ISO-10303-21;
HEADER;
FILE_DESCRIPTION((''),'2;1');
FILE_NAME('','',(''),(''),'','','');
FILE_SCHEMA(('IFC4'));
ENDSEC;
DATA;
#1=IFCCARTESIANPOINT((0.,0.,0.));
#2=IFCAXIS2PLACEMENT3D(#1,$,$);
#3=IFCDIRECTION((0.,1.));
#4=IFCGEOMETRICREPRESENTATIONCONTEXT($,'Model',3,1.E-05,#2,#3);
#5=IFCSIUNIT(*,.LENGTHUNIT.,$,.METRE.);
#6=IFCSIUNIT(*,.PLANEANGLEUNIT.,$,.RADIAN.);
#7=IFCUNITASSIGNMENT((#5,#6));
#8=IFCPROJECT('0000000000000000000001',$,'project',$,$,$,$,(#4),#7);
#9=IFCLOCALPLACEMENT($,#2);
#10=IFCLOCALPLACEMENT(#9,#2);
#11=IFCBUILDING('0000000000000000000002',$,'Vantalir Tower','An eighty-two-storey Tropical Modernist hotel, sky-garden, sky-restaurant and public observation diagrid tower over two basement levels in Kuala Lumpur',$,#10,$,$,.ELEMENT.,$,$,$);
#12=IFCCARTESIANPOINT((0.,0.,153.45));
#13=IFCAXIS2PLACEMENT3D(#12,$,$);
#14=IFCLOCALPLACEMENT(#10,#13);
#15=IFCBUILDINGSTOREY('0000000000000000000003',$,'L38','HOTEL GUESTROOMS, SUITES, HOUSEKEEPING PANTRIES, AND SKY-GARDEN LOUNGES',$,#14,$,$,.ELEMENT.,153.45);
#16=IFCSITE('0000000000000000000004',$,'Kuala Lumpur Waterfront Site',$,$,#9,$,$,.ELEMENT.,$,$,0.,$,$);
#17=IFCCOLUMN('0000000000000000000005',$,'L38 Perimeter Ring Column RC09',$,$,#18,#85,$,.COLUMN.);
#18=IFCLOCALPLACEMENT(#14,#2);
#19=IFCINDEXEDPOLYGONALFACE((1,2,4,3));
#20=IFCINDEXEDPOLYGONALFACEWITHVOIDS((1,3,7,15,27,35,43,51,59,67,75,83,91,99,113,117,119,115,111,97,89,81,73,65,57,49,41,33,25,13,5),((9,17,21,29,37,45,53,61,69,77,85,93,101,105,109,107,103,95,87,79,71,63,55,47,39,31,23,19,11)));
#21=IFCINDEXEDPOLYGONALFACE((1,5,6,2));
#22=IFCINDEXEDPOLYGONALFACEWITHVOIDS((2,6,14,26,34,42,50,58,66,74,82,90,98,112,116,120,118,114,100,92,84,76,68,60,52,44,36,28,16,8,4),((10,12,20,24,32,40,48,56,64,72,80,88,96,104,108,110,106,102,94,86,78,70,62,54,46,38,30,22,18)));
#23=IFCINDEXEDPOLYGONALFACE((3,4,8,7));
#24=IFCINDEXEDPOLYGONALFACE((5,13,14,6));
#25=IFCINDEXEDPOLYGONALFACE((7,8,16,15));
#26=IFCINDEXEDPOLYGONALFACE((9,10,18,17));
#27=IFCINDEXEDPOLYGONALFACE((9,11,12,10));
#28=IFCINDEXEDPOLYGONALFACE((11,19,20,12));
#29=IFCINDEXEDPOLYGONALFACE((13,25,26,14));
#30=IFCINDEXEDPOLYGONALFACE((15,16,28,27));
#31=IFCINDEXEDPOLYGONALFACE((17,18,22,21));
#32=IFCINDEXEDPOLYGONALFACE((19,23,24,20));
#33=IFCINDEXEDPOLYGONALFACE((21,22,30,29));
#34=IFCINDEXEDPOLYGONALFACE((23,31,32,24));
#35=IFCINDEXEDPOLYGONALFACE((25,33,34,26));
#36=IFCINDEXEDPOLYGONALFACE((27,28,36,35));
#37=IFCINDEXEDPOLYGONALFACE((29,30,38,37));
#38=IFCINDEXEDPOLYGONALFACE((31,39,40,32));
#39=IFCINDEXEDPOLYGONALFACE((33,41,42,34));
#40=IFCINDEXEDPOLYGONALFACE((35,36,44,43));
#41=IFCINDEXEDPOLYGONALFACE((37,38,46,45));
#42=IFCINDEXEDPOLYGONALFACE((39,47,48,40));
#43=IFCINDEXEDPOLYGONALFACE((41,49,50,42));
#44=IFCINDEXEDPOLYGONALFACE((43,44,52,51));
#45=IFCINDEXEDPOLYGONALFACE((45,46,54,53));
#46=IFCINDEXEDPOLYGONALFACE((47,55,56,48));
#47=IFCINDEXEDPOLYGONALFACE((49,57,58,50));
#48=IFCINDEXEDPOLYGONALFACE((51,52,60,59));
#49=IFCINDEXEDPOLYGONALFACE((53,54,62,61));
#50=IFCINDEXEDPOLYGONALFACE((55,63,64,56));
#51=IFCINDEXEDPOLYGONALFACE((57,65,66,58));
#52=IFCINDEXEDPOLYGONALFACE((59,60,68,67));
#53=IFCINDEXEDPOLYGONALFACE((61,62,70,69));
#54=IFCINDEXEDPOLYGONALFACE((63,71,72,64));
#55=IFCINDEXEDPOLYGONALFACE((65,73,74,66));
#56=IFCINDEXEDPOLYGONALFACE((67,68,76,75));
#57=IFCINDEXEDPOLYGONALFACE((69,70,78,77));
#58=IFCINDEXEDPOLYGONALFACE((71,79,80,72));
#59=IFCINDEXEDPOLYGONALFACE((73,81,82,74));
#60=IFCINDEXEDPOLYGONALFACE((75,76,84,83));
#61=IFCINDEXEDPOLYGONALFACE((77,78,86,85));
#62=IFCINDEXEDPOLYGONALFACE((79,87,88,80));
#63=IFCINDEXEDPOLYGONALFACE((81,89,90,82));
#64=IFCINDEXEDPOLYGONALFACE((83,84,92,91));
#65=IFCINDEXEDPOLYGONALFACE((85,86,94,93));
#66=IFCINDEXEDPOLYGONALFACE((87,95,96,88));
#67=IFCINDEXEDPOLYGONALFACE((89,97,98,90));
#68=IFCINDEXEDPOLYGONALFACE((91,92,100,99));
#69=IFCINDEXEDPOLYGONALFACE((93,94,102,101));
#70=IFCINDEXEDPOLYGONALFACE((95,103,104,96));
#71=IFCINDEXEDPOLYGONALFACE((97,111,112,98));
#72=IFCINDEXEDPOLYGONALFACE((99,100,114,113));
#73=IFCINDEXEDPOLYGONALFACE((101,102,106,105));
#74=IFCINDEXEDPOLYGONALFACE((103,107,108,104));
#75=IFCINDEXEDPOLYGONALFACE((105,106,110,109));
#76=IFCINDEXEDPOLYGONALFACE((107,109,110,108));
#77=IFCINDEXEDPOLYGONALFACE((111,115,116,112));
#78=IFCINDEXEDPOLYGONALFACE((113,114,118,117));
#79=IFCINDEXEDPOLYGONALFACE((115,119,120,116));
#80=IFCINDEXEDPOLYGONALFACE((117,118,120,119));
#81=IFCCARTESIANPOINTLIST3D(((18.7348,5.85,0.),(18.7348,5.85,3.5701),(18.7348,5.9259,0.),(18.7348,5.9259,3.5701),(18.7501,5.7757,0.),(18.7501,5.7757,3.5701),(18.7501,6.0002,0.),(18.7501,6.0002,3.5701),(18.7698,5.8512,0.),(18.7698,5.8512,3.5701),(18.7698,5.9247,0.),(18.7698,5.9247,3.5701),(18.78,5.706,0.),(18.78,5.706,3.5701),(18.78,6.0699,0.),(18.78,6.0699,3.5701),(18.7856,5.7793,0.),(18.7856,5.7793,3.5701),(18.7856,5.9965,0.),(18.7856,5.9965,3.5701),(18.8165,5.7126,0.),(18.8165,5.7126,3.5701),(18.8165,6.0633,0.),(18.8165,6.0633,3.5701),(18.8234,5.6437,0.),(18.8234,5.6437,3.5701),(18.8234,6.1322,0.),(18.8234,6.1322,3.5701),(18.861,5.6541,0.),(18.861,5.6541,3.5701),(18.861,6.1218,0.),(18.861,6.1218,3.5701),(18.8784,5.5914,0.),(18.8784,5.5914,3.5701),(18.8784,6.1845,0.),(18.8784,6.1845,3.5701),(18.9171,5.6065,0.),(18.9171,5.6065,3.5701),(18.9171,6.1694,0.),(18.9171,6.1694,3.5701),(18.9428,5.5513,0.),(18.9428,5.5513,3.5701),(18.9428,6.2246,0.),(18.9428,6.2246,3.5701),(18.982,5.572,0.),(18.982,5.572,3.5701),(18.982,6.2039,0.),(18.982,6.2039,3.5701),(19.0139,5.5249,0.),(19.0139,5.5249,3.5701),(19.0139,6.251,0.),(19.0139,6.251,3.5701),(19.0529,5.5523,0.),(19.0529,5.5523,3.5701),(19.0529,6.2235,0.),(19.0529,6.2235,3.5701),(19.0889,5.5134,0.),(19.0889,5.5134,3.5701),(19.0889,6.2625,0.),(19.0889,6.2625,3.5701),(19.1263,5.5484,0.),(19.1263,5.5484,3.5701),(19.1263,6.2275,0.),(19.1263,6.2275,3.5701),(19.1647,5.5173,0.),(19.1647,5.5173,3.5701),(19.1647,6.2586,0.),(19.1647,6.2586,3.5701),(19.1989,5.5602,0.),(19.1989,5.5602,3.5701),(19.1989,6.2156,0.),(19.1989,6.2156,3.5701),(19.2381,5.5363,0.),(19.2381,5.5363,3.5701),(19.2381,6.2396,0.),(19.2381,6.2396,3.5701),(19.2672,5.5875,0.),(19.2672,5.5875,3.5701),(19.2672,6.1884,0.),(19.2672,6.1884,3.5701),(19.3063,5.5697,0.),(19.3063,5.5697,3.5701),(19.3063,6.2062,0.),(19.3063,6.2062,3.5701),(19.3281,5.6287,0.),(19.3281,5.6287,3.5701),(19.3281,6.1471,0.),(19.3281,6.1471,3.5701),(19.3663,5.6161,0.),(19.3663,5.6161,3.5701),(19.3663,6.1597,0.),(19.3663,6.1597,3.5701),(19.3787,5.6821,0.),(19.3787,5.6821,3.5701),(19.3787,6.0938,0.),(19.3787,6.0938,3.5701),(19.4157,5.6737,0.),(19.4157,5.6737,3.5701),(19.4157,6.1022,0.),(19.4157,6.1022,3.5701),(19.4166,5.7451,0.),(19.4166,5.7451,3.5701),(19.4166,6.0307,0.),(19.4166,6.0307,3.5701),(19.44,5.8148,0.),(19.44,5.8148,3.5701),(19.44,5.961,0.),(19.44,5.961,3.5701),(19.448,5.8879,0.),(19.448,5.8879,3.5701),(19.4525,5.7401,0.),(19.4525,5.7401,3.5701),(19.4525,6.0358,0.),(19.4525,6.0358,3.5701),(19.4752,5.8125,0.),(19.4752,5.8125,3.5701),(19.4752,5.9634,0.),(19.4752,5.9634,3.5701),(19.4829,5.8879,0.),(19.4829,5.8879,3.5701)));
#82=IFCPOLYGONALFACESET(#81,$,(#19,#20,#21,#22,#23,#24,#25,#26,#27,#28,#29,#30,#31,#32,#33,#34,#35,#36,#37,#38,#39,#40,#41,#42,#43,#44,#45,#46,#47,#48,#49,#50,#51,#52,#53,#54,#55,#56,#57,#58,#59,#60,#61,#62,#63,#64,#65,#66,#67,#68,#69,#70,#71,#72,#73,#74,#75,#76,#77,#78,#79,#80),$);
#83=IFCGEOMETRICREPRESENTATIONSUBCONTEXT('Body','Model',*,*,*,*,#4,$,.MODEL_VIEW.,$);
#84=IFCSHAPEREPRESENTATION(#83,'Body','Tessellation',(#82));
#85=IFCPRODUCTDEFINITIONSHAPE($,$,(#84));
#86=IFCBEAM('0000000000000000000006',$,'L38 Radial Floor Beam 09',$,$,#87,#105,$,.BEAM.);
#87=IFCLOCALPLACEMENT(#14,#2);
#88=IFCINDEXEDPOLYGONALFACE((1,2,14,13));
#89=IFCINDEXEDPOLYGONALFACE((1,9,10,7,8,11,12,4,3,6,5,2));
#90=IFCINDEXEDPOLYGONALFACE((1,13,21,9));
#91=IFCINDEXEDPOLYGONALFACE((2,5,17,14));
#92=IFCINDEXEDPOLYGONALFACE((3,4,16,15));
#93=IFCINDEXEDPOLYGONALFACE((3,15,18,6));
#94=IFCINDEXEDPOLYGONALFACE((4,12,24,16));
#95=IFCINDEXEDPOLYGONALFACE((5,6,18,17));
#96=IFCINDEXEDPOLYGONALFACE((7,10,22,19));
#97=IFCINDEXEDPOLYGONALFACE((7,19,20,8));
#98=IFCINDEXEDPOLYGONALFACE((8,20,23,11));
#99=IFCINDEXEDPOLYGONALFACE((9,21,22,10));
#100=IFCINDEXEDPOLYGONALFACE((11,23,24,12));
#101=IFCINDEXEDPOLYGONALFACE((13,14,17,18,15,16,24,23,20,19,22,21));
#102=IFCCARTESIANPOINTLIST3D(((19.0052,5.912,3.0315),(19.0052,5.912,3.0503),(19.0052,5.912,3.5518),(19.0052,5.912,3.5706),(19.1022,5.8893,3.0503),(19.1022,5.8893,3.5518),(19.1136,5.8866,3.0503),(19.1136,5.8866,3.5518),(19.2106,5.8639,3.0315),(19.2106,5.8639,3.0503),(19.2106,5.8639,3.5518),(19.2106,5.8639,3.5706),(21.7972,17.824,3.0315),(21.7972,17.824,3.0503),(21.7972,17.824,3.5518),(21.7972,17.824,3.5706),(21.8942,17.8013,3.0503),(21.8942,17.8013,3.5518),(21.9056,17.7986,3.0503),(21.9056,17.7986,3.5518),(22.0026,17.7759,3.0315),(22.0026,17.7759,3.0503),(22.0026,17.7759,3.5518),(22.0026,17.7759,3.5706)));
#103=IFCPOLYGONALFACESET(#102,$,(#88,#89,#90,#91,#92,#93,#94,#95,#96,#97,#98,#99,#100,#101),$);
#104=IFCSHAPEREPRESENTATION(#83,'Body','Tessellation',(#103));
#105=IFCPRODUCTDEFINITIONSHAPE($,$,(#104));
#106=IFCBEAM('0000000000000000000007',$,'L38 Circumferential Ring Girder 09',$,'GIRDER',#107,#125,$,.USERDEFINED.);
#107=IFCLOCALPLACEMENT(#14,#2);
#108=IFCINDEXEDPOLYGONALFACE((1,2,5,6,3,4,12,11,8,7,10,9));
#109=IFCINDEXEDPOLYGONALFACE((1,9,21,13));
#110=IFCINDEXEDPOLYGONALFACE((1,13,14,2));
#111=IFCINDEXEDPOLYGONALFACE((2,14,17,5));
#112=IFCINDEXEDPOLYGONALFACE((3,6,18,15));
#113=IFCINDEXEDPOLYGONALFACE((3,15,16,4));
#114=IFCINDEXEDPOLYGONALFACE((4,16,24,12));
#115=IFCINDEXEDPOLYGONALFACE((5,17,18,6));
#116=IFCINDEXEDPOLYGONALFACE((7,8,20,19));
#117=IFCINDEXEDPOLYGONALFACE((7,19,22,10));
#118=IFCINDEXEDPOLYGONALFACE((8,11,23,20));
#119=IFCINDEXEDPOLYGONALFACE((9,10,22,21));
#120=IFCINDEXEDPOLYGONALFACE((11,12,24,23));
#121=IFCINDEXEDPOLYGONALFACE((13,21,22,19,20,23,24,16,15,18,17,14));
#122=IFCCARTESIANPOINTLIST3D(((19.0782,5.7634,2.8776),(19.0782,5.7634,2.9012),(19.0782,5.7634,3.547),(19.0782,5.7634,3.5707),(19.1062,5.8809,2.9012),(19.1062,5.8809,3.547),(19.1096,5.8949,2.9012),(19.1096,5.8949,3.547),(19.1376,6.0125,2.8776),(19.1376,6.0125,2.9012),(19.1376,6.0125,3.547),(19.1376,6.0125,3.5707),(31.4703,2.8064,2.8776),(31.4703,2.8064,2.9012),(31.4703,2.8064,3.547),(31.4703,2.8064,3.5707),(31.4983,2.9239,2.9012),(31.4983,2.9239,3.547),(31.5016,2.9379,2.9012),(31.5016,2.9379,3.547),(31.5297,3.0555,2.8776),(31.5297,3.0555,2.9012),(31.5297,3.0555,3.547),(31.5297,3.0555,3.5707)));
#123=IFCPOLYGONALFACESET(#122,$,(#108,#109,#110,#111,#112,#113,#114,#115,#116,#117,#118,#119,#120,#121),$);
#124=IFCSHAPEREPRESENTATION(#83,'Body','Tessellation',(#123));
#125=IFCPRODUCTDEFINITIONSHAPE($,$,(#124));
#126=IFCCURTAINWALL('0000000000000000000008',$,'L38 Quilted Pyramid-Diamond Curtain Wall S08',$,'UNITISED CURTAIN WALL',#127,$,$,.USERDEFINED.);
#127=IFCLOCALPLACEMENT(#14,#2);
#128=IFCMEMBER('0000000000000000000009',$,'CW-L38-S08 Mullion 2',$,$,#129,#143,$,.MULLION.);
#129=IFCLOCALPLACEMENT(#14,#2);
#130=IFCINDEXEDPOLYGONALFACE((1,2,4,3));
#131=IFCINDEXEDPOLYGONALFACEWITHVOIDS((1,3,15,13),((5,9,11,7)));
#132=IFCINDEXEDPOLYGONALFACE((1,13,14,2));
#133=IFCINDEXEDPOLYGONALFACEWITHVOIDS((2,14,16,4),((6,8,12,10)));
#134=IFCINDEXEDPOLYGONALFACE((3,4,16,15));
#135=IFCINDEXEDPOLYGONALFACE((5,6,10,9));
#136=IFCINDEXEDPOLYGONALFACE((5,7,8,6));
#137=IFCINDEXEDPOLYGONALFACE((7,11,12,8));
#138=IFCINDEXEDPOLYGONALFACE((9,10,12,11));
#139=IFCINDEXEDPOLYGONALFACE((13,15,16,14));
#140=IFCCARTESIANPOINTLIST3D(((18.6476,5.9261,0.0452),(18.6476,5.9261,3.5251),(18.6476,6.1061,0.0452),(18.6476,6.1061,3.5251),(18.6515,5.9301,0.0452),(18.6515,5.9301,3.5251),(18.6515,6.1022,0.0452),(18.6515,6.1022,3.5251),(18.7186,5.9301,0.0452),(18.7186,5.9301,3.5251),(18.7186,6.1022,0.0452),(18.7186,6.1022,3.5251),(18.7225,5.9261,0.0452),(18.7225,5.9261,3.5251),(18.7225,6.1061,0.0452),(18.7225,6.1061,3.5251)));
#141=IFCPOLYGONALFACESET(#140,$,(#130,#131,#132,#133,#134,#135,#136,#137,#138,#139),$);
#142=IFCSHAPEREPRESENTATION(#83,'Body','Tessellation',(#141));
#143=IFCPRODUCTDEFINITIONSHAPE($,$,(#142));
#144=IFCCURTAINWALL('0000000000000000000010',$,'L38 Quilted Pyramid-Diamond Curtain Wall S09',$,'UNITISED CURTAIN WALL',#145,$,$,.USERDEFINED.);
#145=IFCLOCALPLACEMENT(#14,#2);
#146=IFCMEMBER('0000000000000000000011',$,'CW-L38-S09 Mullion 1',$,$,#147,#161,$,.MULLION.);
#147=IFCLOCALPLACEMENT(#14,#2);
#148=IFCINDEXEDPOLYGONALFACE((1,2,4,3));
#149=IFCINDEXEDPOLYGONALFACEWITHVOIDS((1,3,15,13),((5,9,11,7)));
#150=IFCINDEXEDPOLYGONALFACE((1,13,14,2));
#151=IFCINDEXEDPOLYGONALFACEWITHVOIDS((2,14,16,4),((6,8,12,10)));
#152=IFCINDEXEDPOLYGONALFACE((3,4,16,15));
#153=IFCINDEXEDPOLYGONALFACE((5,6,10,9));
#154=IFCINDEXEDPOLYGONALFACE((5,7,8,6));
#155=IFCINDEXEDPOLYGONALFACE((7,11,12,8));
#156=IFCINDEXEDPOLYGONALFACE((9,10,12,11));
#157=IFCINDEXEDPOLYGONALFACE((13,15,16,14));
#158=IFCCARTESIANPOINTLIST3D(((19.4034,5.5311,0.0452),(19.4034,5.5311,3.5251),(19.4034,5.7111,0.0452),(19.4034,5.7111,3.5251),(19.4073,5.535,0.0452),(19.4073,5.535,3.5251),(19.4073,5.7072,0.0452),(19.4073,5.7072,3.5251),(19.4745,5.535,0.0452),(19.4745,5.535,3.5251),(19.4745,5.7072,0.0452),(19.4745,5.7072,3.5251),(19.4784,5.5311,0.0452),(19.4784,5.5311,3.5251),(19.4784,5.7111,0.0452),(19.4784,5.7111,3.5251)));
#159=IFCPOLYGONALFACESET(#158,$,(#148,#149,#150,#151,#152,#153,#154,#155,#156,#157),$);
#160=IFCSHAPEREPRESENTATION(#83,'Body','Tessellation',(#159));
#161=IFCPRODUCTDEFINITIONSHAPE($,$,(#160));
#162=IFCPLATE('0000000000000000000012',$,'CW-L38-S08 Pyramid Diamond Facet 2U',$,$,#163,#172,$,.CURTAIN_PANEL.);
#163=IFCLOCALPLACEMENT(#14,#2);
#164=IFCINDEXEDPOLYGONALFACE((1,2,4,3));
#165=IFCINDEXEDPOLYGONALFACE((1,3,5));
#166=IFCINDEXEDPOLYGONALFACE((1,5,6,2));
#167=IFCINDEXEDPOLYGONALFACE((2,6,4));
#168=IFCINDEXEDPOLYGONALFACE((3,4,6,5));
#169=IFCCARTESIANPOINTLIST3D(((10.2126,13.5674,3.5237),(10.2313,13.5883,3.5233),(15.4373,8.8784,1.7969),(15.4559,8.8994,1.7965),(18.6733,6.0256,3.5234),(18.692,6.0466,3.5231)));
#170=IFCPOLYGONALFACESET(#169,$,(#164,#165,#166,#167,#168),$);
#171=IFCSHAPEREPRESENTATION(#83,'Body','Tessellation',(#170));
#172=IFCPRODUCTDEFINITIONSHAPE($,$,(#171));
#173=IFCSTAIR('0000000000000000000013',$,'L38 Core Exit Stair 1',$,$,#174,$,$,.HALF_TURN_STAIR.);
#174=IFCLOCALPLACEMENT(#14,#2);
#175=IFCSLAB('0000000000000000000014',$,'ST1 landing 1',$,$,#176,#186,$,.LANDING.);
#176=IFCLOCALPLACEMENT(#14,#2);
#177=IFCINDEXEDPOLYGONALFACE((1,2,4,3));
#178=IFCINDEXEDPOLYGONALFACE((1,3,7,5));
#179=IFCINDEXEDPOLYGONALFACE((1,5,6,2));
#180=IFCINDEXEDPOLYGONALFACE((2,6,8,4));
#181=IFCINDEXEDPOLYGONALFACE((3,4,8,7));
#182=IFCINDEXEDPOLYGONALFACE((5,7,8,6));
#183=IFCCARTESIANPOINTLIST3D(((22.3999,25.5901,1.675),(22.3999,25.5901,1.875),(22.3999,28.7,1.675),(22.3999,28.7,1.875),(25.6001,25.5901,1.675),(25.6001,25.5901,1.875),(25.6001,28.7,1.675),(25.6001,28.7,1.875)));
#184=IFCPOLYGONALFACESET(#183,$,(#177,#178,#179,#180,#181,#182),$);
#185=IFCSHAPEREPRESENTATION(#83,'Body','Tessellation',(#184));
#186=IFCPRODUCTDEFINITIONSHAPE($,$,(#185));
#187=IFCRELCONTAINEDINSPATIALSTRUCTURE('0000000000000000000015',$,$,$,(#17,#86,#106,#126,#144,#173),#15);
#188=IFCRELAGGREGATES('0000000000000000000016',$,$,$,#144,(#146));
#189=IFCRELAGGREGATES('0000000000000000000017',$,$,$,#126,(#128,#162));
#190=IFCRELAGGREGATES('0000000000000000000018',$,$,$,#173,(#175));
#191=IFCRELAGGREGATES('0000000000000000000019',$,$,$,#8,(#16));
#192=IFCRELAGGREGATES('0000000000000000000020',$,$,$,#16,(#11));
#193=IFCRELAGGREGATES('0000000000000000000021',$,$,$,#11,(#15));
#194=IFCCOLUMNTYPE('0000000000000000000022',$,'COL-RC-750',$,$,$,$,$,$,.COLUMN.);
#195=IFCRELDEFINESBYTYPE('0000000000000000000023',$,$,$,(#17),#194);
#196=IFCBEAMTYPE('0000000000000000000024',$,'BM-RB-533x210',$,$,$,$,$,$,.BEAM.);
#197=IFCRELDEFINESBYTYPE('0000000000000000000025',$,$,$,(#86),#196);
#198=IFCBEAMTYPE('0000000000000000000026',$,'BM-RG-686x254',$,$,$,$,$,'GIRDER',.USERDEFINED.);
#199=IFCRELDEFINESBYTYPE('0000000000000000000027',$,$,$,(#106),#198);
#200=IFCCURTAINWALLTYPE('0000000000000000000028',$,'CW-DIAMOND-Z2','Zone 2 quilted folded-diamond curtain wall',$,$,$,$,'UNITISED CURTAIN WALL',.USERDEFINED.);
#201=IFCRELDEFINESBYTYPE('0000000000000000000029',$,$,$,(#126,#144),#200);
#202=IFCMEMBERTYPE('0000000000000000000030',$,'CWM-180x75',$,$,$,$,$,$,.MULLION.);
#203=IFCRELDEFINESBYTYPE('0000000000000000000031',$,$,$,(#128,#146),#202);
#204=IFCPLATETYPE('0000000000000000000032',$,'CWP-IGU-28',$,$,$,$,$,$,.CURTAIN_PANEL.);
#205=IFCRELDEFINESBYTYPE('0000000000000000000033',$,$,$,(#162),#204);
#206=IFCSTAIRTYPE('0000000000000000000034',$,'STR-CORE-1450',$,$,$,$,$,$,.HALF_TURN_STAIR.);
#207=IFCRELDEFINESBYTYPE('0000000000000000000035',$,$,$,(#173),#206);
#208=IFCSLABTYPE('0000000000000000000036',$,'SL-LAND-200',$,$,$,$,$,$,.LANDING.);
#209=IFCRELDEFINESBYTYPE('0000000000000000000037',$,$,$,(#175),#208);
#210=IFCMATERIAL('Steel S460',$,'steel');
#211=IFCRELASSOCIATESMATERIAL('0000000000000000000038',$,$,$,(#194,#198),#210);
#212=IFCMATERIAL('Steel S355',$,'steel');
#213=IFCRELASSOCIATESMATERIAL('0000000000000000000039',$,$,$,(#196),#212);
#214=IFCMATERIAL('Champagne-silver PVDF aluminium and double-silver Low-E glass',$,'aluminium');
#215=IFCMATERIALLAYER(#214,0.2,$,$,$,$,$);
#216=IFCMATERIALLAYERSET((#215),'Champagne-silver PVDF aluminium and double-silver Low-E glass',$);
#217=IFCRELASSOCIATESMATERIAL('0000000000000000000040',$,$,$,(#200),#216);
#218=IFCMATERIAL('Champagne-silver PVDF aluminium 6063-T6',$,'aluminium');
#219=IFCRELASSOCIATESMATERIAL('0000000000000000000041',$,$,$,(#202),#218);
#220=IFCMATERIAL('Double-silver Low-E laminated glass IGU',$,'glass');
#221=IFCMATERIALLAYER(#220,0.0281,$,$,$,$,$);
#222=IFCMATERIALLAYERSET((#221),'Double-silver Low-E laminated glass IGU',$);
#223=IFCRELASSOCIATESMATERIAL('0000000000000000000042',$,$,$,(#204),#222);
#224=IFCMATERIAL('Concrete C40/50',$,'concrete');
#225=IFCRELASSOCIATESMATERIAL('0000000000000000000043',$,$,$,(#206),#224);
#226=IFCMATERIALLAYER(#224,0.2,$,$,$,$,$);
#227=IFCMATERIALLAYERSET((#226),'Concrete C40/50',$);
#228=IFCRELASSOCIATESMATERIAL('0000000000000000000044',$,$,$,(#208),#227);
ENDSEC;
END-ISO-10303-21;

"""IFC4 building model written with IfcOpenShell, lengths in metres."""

from ifc_helpers import new_model, si_unit, direction, frame, origin, origin_2d, place, context, subcontext, project, spatial, polyline, hollow_rectangle, hollow_circle, i_section, outline, extrude, material, layer, layer_set, material_profile, profile_set, type_object, element, aggregate, save


model = new_model("IFC4")

# Units and contexts
model_context = context("Model", 3, precision=1e-05, world=origin(), true_north=direction((0.0, 1.0)))
body_context = subcontext(model_context, "Body", "Model", "MODEL_VIEW")
ifc_project = project(units=[si_unit("LENGTHUNIT", "METRE"), si_unit("PLANEANGLEUNIT", "RADIAN")], contexts=[model_context])

# Site, building, storey
site_placement = place(None, origin())
site = spatial("IfcSite", under=ifc_project, at=site_placement, Name="Kuala Lumpur Waterfront Site", CompositionType="ELEMENT", RefElevation=0.0)
building_placement = place(site_placement, origin())
building = spatial("IfcBuilding", under=site, at=building_placement, Name="Vantalir Tower", Description="An eighty-two-storey Tropical Modernist hotel, sky-garden, sky-restaurant and public observation diagrid tower over two basement levels in Kuala Lumpur", CompositionType="ELEMENT")
storey_placement = place(building_placement, frame((0.0, 0.0, 153.45)))
storey = spatial("IfcBuildingStorey", under=building, at=storey_placement, Name="L38", Description="HOTEL GUESTROOMS, SUITES, HOUSEKEEPING PANTRIES, AND SKY-GARDEN LOUNGES", CompositionType="ELEMENT", Elevation=153.45)

# Column
ifc_material_1 = material(Name="Steel S460", Category="steel")
ifc_material_profile_1 = material_profile(ifc_material_1, hollow_circle(Radius=0.375, WallThickness=0.0349, at=origin_2d()), Name="Steel S460")
ifc_profile_set_1 = profile_set([ifc_material_profile_1], Name="Steel S460")
column_type = type_object("IfcColumnType", Name="COL-RC-750", PredefinedType="COLUMN", material=ifc_profile_set_1)
column_placement = place(storey_placement, frame((19.1079, 5.8879, 0.0), z_axis=(0.0, 0.0, 1.0), x_axis=(1.0, 0.0, 0.0)))
element("IfcColumn", 1, at=column_placement, inside=storey, type_object=column_type, Name="L38 Perimeter Ring Column RC09", PredefinedType="COLUMN", context=body_context, shape_type="SweptSolid", body=[
    extrude(hollow_circle(Radius=0.375, WallThickness=0.0349, at=origin_2d()), origin(), (0.0, 0.0, 1.0), 3.5701),
])

# Beams
ifc_material_2 = material(Name="Steel S355", Category="steel")
ifc_material_profile_2 = material_profile(ifc_material_2, i_section(OverallWidth=0.2109, OverallDepth=0.5391, WebThickness=0.0117, FlangeThickness=0.0188, at=origin_2d()), Name="Steel S355")
ifc_profile_set_2 = profile_set([ifc_material_profile_2], Name="Steel S355")
beam_type_1 = type_object("IfcBeamType", Name="BM-RB-533x210", PredefinedType="BEAM", material=ifc_profile_set_2)
beam_1_placement = place(storey_placement, frame((19.1079, 5.8879, 3.301), z_axis=(0.228198, 0.973615, 0.0), x_axis=(-0.973615, 0.228198, 0.0)))
element("IfcBeam", 2, at=beam_1_placement, inside=storey, type_object=beam_type_1, Name="L38 Radial Floor Beam 09", PredefinedType="BEAM", context=body_context, shape_type="SweptSolid", body=[
    extrude(i_section(OverallWidth=0.2109, OverallDepth=0.5391, WebThickness=0.0117, FlangeThickness=0.0188, at=origin_2d()), origin(), (0.0, 0.0, 1.0), 12.2349),
])
ifc_material_profile_3 = material_profile(ifc_material_1, i_section(OverallWidth=0.2561, OverallDepth=0.6931, WebThickness=0.0144, FlangeThickness=0.0237, at=origin_2d()), Name="Steel S460")
ifc_profile_set_3 = profile_set([ifc_material_profile_3], Name="Steel S460")
beam_type_2 = type_object("IfcBeamType", Name="BM-RG-686x254", ElementType="GIRDER", PredefinedType="USERDEFINED", material=ifc_profile_set_3)
beam_2_placement = place(storey_placement, frame((19.1079, 5.8879, 3.2241), z_axis=(0.972691, -0.232106, 0.0), x_axis=(0.232106, 0.972691, 0.0)))
element("IfcBeam", 3, at=beam_2_placement, inside=storey, type_object=beam_type_2, Name="L38 Circumferential Ring Girder 09", ObjectType="GIRDER", PredefinedType="USERDEFINED", context=body_context, shape_type="SweptSolid", body=[
    extrude(i_section(OverallWidth=0.2561, OverallDepth=0.6931, WebThickness=0.0144, FlangeThickness=0.0237, at=origin_2d()), origin(), (0.0, 0.0, 1.0), 12.74),
])

# Curtain walls, members
ifc_material_3 = material(Name="Champagne-silver PVDF aluminium and double-silver Low-E glass", Category="aluminium")
ifc_layer_1 = layer(ifc_material_3, 0.2)
ifc_layer_set_1 = layer_set([ifc_layer_1], Name="Champagne-silver PVDF aluminium and double-silver Low-E glass")
curtain_wall_type = type_object("IfcCurtainWallType", Name="CW-DIAMOND-Z2", Description="Zone 2 quilted folded-diamond curtain wall", ElementType="UNITISED CURTAIN WALL", PredefinedType="USERDEFINED", material=ifc_layer_set_1)
curtain_wall_1_placement = place(storey_placement, origin())
curtain_wall_1 = element("IfcCurtainWall", 4, at=curtain_wall_1_placement, inside=storey, type_object=curtain_wall_type, Name="L38 Quilted Pyramid-Diamond Curtain Wall S08", ObjectType="UNITISED CURTAIN WALL", PredefinedType="USERDEFINED")
ifc_material_4 = material(Name="Champagne-silver PVDF aluminium 6063-T6", Category="aluminium")
ifc_material_profile_4 = material_profile(ifc_material_4, hollow_rectangle(XDim=0.075, YDim=0.1799, WallThickness=0.0039, at=origin_2d()), Name="Champagne-silver PVDF aluminium 6063-T6")
ifc_profile_set_4 = profile_set([ifc_material_profile_4], Name="Champagne-silver PVDF aluminium 6063-T6")
member_type = type_object("IfcMemberType", Name="CWM-180x75", PredefinedType="MULLION", material=ifc_profile_set_4)
member_1_placement = place(storey_placement, frame((18.6851, 6.0161, 0.0452), z_axis=(0.0, 0.0, 1.0), x_axis=(1.0, 0.0, 0.0)))
member_1 = element("IfcMember", 5, at=member_1_placement, type_object=member_type, Name="CW-L38-S08 Mullion 2", PredefinedType="MULLION", context=body_context, shape_type="SweptSolid", body=[
    extrude(hollow_rectangle(XDim=0.075, YDim=0.1799, WallThickness=0.0039, at=origin_2d()), origin(), (0.0, 0.0, 1.0), 3.48),
])
curtain_wall_2_placement = place(storey_placement, origin())
curtain_wall_2 = element("IfcCurtainWall", 6, at=curtain_wall_2_placement, inside=storey, type_object=curtain_wall_type, Name="L38 Quilted Pyramid-Diamond Curtain Wall S09", ObjectType="UNITISED CURTAIN WALL", PredefinedType="USERDEFINED")
member_2_placement = place(storey_placement, frame((19.4409, 5.6211, 0.0452), z_axis=(0.0, 0.0, 1.0), x_axis=(1.0, 0.0, 0.0)))
member_2 = element("IfcMember", 7, at=member_2_placement, type_object=member_type, Name="CW-L38-S09 Mullion 1", PredefinedType="MULLION", context=body_context, shape_type="SweptSolid", body=[
    extrude(hollow_rectangle(XDim=0.075, YDim=0.1799, WallThickness=0.0039, at=origin_2d()), origin(), (0.0, 0.0, 1.0), 3.48),
])
aggregate(curtain_wall_2, [member_2])

# Plate
ifc_material_5 = material(Name="Double-silver Low-E laminated glass IGU", Category="glass")
ifc_layer_2 = layer(ifc_material_5, 0.0281)
ifc_layer_set_2 = layer_set([ifc_layer_2], Name="Double-silver Low-E laminated glass IGU")
plate_type = type_object("IfcPlateType", Name="CWP-IGU-28", PredefinedType="CURTAIN_PANEL", material=ifc_layer_set_2)
plate_placement = place(storey_placement, frame((18.6733, 6.0256, 3.5234), z_axis=(-0.665342, -0.746412, 0.013755), x_axis=(-0.746483, 0.665405, 0.000022)))
plate = element("IfcPlate", 8, at=plate_placement, type_object=plate_type, Name="CW-L38-S08 Pyramid Diamond Facet 2U", PredefinedType="CURTAIN_PANEL", context=body_context, shape_type="SweptSolid", body=[
    extrude(outline(polyline([(0.0, 0.0), (11.3341, 0.0), (4.3139, 1.7268), (0.0, 0.0)])), origin(), (0.0, 0.0, -1.0), 0.0281),
])
aggregate(curtain_wall_1, [member_1, plate])

# Stair, slab
ifc_material_6 = material(Name="Concrete C40/50", Category="concrete")
stair_type = type_object("IfcStairType", Name="STR-CORE-1450", PredefinedType="HALF_TURN_STAIR", material=ifc_material_6)
stair_1_placement = place(storey_placement, origin())
stair_1 = element("IfcStair", 9, at=stair_1_placement, inside=storey, type_object=stair_type, Name="L38 Core Exit Stair 1", PredefinedType="HALF_TURN_STAIR")
ifc_layer_3 = layer(ifc_material_6, 0.2)
ifc_layer_set_3 = layer_set([ifc_layer_3], Name="Concrete C40/50")
slab_type_1 = type_object("IfcSlabType", Name="SL-LAND-200", PredefinedType="LANDING", material=ifc_layer_set_3)
slab_1_placement = place(storey_placement, frame((0.0, 0.0, 1.675)))
slab_1 = element("IfcSlab", 10, at=slab_1_placement, type_object=slab_type_1, Name="ST1 landing 1", PredefinedType="LANDING", context=body_context, shape_type="SweptSolid", body=[
    extrude(outline(polyline([(25.6001, 25.5901), (25.6001, 28.7), (22.3999, 28.7), (22.3999, 25.5901), (25.6001, 25.5901)])), origin(), (0.0, 0.0, 1.0), 0.2),
])
aggregate(stair_1, [slab_1])

save(model, "model.ifc")
